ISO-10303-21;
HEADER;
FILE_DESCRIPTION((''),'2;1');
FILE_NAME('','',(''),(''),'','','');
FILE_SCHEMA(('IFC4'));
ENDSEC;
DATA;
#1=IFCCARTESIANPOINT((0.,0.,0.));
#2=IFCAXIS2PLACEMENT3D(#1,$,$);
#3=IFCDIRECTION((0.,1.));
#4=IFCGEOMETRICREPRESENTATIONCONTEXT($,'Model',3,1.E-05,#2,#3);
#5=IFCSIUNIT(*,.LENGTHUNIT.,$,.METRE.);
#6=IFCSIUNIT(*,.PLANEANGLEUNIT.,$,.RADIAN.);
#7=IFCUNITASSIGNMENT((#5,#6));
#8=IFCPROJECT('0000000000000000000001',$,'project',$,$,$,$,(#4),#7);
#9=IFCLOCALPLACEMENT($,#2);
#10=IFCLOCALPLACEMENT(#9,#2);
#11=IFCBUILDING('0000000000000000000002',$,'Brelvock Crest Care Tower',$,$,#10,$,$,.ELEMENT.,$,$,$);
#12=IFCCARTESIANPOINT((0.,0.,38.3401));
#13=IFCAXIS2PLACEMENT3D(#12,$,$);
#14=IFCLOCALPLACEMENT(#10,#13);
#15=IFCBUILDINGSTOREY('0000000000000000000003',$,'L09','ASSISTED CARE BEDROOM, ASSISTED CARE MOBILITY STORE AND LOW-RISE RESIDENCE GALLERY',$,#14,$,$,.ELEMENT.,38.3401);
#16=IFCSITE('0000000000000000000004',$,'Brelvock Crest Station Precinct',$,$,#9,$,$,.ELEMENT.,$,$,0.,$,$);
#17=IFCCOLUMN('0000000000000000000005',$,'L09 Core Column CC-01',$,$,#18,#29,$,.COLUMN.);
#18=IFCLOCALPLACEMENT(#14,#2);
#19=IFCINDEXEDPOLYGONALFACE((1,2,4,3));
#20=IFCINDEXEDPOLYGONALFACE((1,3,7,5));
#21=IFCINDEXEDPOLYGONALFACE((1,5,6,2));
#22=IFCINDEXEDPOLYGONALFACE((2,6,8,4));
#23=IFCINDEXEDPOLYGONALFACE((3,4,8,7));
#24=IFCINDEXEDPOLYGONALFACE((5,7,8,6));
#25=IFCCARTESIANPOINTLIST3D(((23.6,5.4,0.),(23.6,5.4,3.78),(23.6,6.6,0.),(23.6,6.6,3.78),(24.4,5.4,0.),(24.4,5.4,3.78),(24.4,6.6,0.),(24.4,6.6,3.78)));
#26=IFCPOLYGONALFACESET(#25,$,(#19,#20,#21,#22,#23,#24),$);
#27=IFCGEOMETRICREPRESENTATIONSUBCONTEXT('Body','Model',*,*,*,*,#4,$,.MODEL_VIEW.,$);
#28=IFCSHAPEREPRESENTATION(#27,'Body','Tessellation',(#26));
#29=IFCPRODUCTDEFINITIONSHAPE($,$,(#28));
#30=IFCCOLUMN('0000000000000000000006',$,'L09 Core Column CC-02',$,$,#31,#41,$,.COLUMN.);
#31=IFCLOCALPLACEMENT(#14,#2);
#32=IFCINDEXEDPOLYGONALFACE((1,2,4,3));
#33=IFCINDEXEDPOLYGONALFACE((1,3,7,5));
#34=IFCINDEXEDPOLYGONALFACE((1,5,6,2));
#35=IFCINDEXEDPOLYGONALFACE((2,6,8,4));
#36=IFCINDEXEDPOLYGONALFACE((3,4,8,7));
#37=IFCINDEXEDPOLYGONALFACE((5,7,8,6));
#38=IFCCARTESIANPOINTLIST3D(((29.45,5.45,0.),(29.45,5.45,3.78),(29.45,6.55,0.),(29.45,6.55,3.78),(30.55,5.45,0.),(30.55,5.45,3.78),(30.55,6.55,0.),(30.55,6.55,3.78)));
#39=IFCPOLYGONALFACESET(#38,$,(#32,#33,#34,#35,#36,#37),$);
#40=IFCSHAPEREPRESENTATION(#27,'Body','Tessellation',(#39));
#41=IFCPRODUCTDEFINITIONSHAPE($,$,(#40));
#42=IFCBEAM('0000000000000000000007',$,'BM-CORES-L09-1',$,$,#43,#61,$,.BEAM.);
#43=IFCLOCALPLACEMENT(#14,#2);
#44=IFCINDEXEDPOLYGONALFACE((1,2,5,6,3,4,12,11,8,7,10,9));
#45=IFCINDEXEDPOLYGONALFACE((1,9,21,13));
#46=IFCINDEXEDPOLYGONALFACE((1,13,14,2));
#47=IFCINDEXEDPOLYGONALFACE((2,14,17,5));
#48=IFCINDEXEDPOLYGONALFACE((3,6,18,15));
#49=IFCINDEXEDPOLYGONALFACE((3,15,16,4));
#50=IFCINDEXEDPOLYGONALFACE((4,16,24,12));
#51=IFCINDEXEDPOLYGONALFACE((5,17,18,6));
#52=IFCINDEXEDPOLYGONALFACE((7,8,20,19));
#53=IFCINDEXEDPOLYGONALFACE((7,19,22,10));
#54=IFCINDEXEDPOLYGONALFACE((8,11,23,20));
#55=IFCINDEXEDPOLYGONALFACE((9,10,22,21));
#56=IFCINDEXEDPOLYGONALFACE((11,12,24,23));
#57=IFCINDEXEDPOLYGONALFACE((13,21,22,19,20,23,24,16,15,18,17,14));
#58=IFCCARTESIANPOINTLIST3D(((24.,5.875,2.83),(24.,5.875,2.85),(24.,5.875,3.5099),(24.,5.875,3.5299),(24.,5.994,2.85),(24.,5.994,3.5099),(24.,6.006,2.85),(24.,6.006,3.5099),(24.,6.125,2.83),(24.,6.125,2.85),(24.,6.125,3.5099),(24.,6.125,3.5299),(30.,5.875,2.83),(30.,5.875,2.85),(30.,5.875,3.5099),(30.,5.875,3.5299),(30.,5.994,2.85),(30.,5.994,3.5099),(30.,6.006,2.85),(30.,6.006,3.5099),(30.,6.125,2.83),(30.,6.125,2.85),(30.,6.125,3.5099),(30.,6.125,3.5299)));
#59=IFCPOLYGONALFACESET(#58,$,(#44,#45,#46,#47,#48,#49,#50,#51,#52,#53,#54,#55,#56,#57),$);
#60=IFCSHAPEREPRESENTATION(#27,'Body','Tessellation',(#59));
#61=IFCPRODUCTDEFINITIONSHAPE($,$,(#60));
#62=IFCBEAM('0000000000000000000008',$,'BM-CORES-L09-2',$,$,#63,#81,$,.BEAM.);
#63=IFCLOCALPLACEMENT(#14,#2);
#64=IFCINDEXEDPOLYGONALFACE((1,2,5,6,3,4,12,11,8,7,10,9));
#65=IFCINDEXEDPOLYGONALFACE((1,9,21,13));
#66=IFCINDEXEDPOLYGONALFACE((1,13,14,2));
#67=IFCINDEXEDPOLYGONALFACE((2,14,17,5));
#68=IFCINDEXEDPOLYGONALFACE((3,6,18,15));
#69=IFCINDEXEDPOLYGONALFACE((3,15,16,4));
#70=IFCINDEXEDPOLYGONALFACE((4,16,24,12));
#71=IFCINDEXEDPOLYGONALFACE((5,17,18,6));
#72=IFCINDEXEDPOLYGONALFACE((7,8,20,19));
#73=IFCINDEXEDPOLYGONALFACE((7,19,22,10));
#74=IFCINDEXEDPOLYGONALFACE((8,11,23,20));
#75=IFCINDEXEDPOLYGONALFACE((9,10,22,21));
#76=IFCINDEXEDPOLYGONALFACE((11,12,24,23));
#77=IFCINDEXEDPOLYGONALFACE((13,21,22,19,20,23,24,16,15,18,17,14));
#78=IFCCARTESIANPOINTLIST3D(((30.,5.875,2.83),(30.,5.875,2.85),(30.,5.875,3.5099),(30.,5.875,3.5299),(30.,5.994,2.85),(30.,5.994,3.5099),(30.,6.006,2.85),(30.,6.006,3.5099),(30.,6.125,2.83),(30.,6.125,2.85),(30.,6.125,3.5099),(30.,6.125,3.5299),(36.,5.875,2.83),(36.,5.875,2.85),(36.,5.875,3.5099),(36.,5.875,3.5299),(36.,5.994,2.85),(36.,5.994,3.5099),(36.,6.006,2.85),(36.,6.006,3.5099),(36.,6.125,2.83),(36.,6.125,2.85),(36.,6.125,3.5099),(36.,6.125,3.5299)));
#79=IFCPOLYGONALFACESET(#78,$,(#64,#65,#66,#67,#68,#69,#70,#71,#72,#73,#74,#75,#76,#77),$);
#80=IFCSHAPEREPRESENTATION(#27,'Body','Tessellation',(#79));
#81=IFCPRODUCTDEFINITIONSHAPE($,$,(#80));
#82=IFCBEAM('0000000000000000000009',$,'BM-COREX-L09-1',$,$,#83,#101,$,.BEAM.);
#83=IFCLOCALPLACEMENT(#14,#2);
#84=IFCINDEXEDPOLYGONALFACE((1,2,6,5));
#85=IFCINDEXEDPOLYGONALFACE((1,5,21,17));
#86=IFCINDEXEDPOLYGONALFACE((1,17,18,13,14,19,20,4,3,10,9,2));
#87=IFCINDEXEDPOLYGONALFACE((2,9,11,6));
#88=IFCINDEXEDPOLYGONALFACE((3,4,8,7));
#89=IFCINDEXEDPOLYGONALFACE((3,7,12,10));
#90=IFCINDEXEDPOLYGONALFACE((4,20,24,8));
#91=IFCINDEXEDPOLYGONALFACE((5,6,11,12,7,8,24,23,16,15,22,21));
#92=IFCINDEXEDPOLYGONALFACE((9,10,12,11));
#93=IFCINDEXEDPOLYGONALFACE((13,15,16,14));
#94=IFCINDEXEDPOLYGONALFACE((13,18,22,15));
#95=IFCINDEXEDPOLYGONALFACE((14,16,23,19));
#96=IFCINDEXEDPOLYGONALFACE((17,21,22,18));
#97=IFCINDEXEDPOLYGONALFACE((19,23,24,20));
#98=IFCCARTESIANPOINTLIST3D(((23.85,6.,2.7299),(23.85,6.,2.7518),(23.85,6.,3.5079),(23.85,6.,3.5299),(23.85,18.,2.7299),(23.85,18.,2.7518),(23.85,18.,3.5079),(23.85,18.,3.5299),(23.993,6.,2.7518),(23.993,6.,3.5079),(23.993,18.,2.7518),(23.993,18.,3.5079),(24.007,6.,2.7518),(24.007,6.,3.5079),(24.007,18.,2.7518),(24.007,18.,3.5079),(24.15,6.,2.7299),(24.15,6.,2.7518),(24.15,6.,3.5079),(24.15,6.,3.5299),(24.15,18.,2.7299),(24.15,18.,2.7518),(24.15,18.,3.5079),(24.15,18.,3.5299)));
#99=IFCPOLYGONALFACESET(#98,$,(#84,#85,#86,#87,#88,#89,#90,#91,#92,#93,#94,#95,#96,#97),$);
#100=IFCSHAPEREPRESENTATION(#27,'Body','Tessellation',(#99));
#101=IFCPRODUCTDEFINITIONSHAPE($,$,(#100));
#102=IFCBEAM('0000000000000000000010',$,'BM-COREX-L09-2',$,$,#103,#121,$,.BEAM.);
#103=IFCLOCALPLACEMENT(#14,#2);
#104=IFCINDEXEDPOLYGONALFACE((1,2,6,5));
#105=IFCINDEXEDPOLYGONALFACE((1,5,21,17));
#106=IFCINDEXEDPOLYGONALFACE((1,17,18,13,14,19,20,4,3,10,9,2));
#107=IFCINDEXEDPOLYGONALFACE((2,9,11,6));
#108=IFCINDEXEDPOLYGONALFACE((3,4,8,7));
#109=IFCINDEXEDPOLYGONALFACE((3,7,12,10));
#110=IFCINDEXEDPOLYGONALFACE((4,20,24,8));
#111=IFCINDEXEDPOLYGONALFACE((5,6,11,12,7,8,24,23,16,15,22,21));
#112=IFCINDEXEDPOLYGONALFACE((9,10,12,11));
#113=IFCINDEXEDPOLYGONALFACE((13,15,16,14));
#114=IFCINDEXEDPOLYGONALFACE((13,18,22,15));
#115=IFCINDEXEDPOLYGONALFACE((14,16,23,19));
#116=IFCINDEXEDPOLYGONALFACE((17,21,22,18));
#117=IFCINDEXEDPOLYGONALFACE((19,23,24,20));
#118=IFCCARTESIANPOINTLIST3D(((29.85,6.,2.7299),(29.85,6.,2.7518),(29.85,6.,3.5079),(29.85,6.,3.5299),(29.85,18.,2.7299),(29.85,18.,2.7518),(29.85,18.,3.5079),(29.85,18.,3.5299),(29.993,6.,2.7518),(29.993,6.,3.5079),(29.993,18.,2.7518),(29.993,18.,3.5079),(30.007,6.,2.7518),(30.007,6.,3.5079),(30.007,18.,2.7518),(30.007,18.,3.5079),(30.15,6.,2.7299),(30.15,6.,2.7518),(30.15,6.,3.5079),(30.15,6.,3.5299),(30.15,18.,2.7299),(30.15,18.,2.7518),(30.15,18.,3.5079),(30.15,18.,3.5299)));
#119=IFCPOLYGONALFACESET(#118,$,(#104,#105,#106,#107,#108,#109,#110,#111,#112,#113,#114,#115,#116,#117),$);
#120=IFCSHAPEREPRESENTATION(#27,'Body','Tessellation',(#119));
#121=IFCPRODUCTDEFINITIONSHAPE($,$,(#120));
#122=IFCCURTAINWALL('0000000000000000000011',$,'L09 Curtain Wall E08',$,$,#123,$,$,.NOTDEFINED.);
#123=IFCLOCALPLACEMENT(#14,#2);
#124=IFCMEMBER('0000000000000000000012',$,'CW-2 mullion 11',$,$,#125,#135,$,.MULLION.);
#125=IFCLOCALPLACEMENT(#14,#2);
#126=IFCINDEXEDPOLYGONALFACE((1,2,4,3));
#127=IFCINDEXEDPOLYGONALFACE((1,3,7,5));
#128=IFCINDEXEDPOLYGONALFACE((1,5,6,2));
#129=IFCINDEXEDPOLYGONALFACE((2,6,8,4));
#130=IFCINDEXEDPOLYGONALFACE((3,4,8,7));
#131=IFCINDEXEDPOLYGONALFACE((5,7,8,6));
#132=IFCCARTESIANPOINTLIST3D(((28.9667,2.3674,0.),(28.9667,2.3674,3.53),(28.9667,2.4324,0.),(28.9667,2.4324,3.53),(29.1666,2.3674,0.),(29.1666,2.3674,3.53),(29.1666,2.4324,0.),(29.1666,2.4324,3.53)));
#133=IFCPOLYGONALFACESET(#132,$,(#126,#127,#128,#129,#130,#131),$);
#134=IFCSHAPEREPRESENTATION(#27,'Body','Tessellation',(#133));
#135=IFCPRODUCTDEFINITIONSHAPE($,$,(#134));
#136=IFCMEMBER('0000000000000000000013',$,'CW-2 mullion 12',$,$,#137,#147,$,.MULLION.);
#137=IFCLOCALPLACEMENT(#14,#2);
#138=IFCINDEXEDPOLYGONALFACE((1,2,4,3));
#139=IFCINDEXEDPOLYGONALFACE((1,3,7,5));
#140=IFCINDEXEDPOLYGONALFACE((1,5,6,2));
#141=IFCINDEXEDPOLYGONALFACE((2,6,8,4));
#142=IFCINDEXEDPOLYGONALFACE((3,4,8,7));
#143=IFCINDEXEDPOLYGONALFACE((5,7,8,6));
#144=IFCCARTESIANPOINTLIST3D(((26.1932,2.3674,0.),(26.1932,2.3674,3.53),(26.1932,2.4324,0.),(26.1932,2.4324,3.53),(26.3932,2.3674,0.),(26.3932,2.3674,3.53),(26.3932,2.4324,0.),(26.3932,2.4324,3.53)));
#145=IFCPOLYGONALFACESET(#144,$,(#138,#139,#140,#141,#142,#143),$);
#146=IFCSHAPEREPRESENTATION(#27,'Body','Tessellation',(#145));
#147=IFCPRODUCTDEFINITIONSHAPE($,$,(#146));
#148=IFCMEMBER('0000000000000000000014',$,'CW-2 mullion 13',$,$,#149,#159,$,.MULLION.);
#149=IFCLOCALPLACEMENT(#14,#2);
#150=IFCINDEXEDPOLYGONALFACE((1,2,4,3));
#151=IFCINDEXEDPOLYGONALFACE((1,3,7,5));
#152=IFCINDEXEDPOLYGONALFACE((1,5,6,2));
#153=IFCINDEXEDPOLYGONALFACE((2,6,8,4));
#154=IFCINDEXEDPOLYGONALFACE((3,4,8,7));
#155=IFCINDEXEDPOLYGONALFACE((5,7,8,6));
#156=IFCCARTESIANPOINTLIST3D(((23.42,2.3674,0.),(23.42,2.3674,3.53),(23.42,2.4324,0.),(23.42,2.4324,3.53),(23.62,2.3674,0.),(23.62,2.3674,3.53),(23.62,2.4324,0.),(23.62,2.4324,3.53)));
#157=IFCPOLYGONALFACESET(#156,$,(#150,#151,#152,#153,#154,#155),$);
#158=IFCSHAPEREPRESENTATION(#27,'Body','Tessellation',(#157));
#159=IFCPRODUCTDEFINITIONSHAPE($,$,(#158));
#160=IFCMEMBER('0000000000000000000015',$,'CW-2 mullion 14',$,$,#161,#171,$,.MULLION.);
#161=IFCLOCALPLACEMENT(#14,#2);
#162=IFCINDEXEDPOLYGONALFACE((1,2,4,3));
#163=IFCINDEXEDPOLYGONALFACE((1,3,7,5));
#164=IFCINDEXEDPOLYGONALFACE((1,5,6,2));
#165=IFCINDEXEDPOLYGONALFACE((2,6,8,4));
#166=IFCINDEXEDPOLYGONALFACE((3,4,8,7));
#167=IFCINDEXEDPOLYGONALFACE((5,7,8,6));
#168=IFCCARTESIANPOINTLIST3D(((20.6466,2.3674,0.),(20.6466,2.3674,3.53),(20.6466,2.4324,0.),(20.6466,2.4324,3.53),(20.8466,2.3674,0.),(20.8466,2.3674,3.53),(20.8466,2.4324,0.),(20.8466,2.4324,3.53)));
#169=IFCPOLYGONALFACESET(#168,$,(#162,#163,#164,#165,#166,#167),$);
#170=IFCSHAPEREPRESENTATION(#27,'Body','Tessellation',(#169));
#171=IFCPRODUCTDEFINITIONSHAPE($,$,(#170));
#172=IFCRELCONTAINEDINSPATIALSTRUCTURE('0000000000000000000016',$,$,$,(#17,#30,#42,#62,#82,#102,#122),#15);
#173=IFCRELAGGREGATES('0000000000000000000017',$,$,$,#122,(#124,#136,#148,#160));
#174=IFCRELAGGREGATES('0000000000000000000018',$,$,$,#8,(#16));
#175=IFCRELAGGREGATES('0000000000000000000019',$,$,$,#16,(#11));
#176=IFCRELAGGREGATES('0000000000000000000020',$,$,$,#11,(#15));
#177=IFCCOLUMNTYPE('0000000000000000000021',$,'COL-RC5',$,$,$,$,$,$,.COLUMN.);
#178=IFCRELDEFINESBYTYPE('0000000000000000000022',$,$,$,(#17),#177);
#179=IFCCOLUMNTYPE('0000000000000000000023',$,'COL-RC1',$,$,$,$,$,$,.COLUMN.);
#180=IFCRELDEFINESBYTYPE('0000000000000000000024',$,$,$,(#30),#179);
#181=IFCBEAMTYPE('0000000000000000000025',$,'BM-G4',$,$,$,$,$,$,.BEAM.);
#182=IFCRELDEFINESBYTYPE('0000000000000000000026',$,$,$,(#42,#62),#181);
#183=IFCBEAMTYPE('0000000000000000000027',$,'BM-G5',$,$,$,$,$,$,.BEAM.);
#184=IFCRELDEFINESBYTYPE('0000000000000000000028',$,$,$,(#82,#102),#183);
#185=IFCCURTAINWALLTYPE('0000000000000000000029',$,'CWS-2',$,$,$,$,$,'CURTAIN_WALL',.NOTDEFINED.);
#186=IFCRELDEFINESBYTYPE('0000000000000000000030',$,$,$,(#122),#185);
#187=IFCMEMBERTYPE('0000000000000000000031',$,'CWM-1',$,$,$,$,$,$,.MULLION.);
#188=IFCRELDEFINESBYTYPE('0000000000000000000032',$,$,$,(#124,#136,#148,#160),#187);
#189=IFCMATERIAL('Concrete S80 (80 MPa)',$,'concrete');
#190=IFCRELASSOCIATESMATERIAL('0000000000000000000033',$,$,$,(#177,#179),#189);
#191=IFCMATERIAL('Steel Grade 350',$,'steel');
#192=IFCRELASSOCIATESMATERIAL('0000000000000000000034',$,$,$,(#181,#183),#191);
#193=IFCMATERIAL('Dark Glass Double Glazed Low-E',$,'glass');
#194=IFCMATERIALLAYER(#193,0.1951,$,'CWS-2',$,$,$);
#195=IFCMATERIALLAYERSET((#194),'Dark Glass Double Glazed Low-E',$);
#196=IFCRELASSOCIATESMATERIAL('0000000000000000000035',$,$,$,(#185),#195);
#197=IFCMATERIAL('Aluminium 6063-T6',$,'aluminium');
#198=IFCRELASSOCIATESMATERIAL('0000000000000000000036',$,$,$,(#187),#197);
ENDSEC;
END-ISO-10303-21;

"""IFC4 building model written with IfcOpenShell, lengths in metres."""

from ifc_helpers import new_model, si_unit, direction, frame, origin, origin_2d, place, context, subcontext, project, spatial, rectangle, i_section, extrude, source, transform, mapped, material, layer, layer_set, material_profile, profile_set, type_object, element, aggregate, save


model = new_model("IFC4")

# Units and contexts
model_context = context("Model", 3, precision=1e-05, world=origin(), true_north=direction((0.0, 1.0)))
body_context = subcontext(model_context, "Body", "Model", "MODEL_VIEW")
ifc_project = project(units=[si_unit("LENGTHUNIT", "METRE"), si_unit("PLANEANGLEUNIT", "RADIAN")], contexts=[model_context])

# Site, building, storey
site_placement = place(None, origin())
site = spatial("IfcSite", under=ifc_project, at=site_placement, Name="Brelvock Crest Station Precinct", CompositionType="ELEMENT", RefElevation=0.0)
building_placement = place(site_placement, origin())
building = spatial("IfcBuilding", under=site, at=building_placement, Name="Brelvock Crest Care Tower", CompositionType="ELEMENT")
storey_placement = place(building_placement, frame((0.0, 0.0, 38.3401)))
storey = spatial("IfcBuildingStorey", under=building, at=storey_placement, Name="L09", Description="ASSISTED CARE BEDROOM, ASSISTED CARE MOBILITY STORE AND LOW-RISE RESIDENCE GALLERY", CompositionType="ELEMENT", Elevation=38.3401)

# Columns
ifc_material_1 = material(Name="Concrete S80 (80 MPa)", Category="concrete")
ifc_material_profile_1 = material_profile(ifc_material_1, rectangle(XDim=0.8, YDim=1.2, at=origin_2d()), Name="RC800x1200")
ifc_profile_set_1 = profile_set([ifc_material_profile_1], Name="Concrete S80 (80 MPa)")
column_type_1 = type_object("IfcColumnType", Name="COL-RC5", PredefinedType="COLUMN", material=ifc_profile_set_1)
shared_shape_1 = source(origin(), body_context, "Body", "SweptSolid", [
    extrude(rectangle(XDim=0.8, YDim=1.2, at=origin_2d()), origin(), (0.0, 0.0, 1.0), 3.78),
])
column_1_placement = place(storey_placement, frame((24.0, 6.0, 0.0), z_axis=(0.0, 0.0, 1.0), x_axis=(1.0, 0.0, 0.0)))
element("IfcColumn", 1, at=column_1_placement, inside=storey, type_object=column_type_1, Name="L09 Core Column CC-01", PredefinedType="COLUMN", context=body_context, shape_type="MappedRepresentation", body=[
    mapped(shared_shape_1, transform((0.0, 0.0, 0.0), x_axis=(1.0, 0.0, 0.0), y_axis=(0.0, 1.0, 0.0), z_axis=(0.0, 0.0, 1.0), scale=1.0)),
])
ifc_material_profile_2 = material_profile(ifc_material_1, rectangle(XDim=1.1001, YDim=1.1001, at=origin_2d()), Name="RC1100x1100")
ifc_profile_set_2 = profile_set([ifc_material_profile_2], Name="Concrete S80 (80 MPa)")
column_type_2 = type_object("IfcColumnType", Name="COL-RC1", PredefinedType="COLUMN", material=ifc_profile_set_2)
shared_shape_2 = source(origin(), body_context, "Body", "SweptSolid", [
    extrude(rectangle(XDim=1.1001, YDim=1.1001, at=origin_2d()), origin(), (0.0, 0.0, 1.0), 3.78),
])
column_2_placement = place(storey_placement, frame((30.0, 6.0, 0.0), z_axis=(0.0, 0.0, 1.0), x_axis=(1.0, 0.0, 0.0)))
element("IfcColumn", 2, at=column_2_placement, inside=storey, type_object=column_type_2, Name="L09 Core Column CC-02", PredefinedType="COLUMN", context=body_context, shape_type="MappedRepresentation", body=[
    mapped(shared_shape_2, transform((0.0, 0.0, 0.0), x_axis=(1.0, 0.0, 0.0), y_axis=(0.0, 1.0, 0.0), z_axis=(0.0, 0.0, 1.0), scale=1.0)),
])

# Beams
ifc_material_2 = material(Name="Steel Grade 350", Category="steel")
ifc_material_profile_3 = material_profile(ifc_material_2, i_section(OverallWidth=0.25, OverallDepth=0.7, WebThickness=0.012, FlangeThickness=0.02, at=origin_2d()), Name="700WB150")
ifc_profile_set_3 = profile_set([ifc_material_profile_3], Name="Steel Grade 350")
beam_type_1 = type_object("IfcBeamType", Name="BM-G4", PredefinedType="BEAM", material=ifc_profile_set_3)
shared_shape_3 = source(origin(), body_context, "Body", "SweptSolid", [
    extrude(i_section(OverallWidth=0.25, OverallDepth=0.7, WebThickness=0.012, FlangeThickness=0.02, at=origin_2d()), origin(), (0.0, 0.0, 1.0), 6.0),
])
for number, where, z_axis, x_axis, name in (
    (3, (24.0, 6.0, 3.1799), (1.0, 0.0, 0.0), (0.0, 1.0, 0.0), "BM-CORES-L09-1"),
    (4, (30.0, 6.0, 3.1799), (1.0, 0.0, 0.0), (0.0, 1.0, 0.0), "BM-CORES-L09-2"),
):
    element("IfcBeam", number, at=place(storey_placement, frame(where, z_axis=z_axis, x_axis=x_axis)), inside=storey, type_object=beam_type_1, Name=name, PredefinedType="BEAM", context=body_context, shape_type="MappedRepresentation", body=[
        mapped(shared_shape_3, transform((0.0, 0.0, 0.0), x_axis=(1.0, 0.0, 0.0), y_axis=(0.0, 1.0, 0.0), z_axis=(0.0, 0.0, 1.0), scale=1.0)),
    ])
ifc_material_profile_4 = material_profile(ifc_material_2, i_section(OverallWidth=0.3, OverallDepth=0.8, WebThickness=0.0139, FlangeThickness=0.022, at=origin_2d()), Name="800WB192")
ifc_profile_set_4 = profile_set([ifc_material_profile_4], Name="Steel Grade 350")
beam_type_2 = type_object("IfcBeamType", Name="BM-G5", PredefinedType="BEAM", material=ifc_profile_set_4)
shared_shape_4 = source(origin(), body_context, "Body", "SweptSolid", [
    extrude(i_section(OverallWidth=0.3, OverallDepth=0.8, WebThickness=0.0139, FlangeThickness=0.022, at=origin_2d()), origin(), (0.0, 0.0, 1.0), 12.0),
])
for number, where, z_axis, x_axis, name in (
    (5, (24.0, 6.0, 3.1299), (0.0, 1.0, 0.0), (-1.0, 0.0, 0.0), "BM-COREX-L09-1"),
    (6, (30.0, 6.0, 3.1299), (0.0, 1.0, 0.0), (-1.0, 0.0, 0.0), "BM-COREX-L09-2"),
):
    element("IfcBeam", number, at=place(storey_placement, frame(where, z_axis=z_axis, x_axis=x_axis)), inside=storey, type_object=beam_type_2, Name=name, PredefinedType="BEAM", context=body_context, shape_type="MappedRepresentation", body=[
        mapped(shared_shape_4, transform((0.0, 0.0, 0.0), x_axis=(1.0, 0.0, 0.0), y_axis=(0.0, 1.0, 0.0), z_axis=(0.0, 0.0, 1.0), scale=1.0)),
    ])

# Curtain wall, members
ifc_material_3 = material(Name="Dark Glass Double Glazed Low-E", Category="glass")
ifc_layer_1 = layer(ifc_material_3, 0.1951, Name="CWS-2")
ifc_layer_set_1 = layer_set([ifc_layer_1], Name="Dark Glass Double Glazed Low-E")
curtain_wall_type = type_object("IfcCurtainWallType", Name="CWS-2", ElementType="CURTAIN_WALL", PredefinedType="NOTDEFINED", material=ifc_layer_set_1)
curtain_wall_placement = place(storey_placement, origin())
curtain_wall = element("IfcCurtainWall", 7, at=curtain_wall_placement, inside=storey, type_object=curtain_wall_type, Name="L09 Curtain Wall E08", PredefinedType="NOTDEFINED")
ifc_material_4 = material(Name="Aluminium 6063-T6", Category="aluminium")
ifc_material_profile_5 = material_profile(ifc_material_4, rectangle(XDim=0.0649, YDim=0.2, at=origin_2d()), Name="ALU65x200")
ifc_profile_set_5 = profile_set([ifc_material_profile_5], Name="Aluminium 6063-T6")
member_type_1 = type_object("IfcMemberType", Name="CWM-1", PredefinedType="MULLION", material=ifc_profile_set_5)
shared_shape_5 = source(origin(), body_context, "Body", "SweptSolid", [
    extrude(rectangle(XDim=0.0649, YDim=0.2, at=origin_2d()), origin(), (0.0, 0.0, 1.0), 3.53),
])
member_1_placement = place(storey_placement, frame((29.0667, 2.3999, 0.0), z_axis=(0.0, 0.0, 1.0), x_axis=(0.0, -1.0, 0.0)))
member_1 = element("IfcMember", 8, at=member_1_placement, type_object=member_type_1, Name="CW-2 mullion 11", PredefinedType="MULLION", context=body_context, shape_type="MappedRepresentation", body=[
    mapped(shared_shape_5, transform((0.0, 0.0, 0.0), x_axis=(1.0, 0.0, 0.0), y_axis=(0.0, 1.0, 0.0), z_axis=(0.0, 0.0, 1.0), scale=1.0)),
])
member_2_placement = place(storey_placement, frame((26.2932, 2.3999, 0.0), z_axis=(0.0, 0.0, 1.0), x_axis=(0.0, -1.0, 0.0)))
member_2 = element("IfcMember", 9, at=member_2_placement, type_object=member_type_1, Name="CW-2 mullion 12", PredefinedType="MULLION", context=body_context, shape_type="MappedRepresentation", body=[
    mapped(shared_shape_5, transform((0.0, 0.0, 0.0), x_axis=(1.0, 0.0, 0.0), y_axis=(0.0, 1.0, 0.0), z_axis=(0.0, 0.0, 1.0), scale=1.0)),
])
member_3_placement = place(storey_placement, frame((23.52, 2.3999, 0.0), z_axis=(0.0, 0.0, 1.0), x_axis=(0.0, -1.0, 0.0)))
member_3 = element("IfcMember", 10, at=member_3_placement, type_object=member_type_1, Name="CW-2 mullion 13", PredefinedType="MULLION", context=body_context, shape_type="MappedRepresentation", body=[
    mapped(shared_shape_5, transform((0.0, 0.0, 0.0), x_axis=(1.0, 0.0, 0.0), y_axis=(0.0, 1.0, 0.0), z_axis=(0.0, 0.0, 1.0), scale=1.0)),
])
member_4_placement = place(storey_placement, frame((20.7466, 2.3999, 0.0), z_axis=(0.0, 0.0, 1.0), x_axis=(0.0, -1.0, 0.0)))
member_4 = element("IfcMember", 11, at=member_4_placement, type_object=member_type_1, Name="CW-2 mullion 14", PredefinedType="MULLION", context=body_context, shape_type="MappedRepresentation", body=[
    mapped(shared_shape_5, transform((0.0, 0.0, 0.0), x_axis=(1.0, 0.0, 0.0), y_axis=(0.0, 1.0, 0.0), z_axis=(0.0, 0.0, 1.0), scale=1.0)),
])
aggregate(curtain_wall, [member_1, member_2, member_3, member_4])

save(model, "model.ifc")
